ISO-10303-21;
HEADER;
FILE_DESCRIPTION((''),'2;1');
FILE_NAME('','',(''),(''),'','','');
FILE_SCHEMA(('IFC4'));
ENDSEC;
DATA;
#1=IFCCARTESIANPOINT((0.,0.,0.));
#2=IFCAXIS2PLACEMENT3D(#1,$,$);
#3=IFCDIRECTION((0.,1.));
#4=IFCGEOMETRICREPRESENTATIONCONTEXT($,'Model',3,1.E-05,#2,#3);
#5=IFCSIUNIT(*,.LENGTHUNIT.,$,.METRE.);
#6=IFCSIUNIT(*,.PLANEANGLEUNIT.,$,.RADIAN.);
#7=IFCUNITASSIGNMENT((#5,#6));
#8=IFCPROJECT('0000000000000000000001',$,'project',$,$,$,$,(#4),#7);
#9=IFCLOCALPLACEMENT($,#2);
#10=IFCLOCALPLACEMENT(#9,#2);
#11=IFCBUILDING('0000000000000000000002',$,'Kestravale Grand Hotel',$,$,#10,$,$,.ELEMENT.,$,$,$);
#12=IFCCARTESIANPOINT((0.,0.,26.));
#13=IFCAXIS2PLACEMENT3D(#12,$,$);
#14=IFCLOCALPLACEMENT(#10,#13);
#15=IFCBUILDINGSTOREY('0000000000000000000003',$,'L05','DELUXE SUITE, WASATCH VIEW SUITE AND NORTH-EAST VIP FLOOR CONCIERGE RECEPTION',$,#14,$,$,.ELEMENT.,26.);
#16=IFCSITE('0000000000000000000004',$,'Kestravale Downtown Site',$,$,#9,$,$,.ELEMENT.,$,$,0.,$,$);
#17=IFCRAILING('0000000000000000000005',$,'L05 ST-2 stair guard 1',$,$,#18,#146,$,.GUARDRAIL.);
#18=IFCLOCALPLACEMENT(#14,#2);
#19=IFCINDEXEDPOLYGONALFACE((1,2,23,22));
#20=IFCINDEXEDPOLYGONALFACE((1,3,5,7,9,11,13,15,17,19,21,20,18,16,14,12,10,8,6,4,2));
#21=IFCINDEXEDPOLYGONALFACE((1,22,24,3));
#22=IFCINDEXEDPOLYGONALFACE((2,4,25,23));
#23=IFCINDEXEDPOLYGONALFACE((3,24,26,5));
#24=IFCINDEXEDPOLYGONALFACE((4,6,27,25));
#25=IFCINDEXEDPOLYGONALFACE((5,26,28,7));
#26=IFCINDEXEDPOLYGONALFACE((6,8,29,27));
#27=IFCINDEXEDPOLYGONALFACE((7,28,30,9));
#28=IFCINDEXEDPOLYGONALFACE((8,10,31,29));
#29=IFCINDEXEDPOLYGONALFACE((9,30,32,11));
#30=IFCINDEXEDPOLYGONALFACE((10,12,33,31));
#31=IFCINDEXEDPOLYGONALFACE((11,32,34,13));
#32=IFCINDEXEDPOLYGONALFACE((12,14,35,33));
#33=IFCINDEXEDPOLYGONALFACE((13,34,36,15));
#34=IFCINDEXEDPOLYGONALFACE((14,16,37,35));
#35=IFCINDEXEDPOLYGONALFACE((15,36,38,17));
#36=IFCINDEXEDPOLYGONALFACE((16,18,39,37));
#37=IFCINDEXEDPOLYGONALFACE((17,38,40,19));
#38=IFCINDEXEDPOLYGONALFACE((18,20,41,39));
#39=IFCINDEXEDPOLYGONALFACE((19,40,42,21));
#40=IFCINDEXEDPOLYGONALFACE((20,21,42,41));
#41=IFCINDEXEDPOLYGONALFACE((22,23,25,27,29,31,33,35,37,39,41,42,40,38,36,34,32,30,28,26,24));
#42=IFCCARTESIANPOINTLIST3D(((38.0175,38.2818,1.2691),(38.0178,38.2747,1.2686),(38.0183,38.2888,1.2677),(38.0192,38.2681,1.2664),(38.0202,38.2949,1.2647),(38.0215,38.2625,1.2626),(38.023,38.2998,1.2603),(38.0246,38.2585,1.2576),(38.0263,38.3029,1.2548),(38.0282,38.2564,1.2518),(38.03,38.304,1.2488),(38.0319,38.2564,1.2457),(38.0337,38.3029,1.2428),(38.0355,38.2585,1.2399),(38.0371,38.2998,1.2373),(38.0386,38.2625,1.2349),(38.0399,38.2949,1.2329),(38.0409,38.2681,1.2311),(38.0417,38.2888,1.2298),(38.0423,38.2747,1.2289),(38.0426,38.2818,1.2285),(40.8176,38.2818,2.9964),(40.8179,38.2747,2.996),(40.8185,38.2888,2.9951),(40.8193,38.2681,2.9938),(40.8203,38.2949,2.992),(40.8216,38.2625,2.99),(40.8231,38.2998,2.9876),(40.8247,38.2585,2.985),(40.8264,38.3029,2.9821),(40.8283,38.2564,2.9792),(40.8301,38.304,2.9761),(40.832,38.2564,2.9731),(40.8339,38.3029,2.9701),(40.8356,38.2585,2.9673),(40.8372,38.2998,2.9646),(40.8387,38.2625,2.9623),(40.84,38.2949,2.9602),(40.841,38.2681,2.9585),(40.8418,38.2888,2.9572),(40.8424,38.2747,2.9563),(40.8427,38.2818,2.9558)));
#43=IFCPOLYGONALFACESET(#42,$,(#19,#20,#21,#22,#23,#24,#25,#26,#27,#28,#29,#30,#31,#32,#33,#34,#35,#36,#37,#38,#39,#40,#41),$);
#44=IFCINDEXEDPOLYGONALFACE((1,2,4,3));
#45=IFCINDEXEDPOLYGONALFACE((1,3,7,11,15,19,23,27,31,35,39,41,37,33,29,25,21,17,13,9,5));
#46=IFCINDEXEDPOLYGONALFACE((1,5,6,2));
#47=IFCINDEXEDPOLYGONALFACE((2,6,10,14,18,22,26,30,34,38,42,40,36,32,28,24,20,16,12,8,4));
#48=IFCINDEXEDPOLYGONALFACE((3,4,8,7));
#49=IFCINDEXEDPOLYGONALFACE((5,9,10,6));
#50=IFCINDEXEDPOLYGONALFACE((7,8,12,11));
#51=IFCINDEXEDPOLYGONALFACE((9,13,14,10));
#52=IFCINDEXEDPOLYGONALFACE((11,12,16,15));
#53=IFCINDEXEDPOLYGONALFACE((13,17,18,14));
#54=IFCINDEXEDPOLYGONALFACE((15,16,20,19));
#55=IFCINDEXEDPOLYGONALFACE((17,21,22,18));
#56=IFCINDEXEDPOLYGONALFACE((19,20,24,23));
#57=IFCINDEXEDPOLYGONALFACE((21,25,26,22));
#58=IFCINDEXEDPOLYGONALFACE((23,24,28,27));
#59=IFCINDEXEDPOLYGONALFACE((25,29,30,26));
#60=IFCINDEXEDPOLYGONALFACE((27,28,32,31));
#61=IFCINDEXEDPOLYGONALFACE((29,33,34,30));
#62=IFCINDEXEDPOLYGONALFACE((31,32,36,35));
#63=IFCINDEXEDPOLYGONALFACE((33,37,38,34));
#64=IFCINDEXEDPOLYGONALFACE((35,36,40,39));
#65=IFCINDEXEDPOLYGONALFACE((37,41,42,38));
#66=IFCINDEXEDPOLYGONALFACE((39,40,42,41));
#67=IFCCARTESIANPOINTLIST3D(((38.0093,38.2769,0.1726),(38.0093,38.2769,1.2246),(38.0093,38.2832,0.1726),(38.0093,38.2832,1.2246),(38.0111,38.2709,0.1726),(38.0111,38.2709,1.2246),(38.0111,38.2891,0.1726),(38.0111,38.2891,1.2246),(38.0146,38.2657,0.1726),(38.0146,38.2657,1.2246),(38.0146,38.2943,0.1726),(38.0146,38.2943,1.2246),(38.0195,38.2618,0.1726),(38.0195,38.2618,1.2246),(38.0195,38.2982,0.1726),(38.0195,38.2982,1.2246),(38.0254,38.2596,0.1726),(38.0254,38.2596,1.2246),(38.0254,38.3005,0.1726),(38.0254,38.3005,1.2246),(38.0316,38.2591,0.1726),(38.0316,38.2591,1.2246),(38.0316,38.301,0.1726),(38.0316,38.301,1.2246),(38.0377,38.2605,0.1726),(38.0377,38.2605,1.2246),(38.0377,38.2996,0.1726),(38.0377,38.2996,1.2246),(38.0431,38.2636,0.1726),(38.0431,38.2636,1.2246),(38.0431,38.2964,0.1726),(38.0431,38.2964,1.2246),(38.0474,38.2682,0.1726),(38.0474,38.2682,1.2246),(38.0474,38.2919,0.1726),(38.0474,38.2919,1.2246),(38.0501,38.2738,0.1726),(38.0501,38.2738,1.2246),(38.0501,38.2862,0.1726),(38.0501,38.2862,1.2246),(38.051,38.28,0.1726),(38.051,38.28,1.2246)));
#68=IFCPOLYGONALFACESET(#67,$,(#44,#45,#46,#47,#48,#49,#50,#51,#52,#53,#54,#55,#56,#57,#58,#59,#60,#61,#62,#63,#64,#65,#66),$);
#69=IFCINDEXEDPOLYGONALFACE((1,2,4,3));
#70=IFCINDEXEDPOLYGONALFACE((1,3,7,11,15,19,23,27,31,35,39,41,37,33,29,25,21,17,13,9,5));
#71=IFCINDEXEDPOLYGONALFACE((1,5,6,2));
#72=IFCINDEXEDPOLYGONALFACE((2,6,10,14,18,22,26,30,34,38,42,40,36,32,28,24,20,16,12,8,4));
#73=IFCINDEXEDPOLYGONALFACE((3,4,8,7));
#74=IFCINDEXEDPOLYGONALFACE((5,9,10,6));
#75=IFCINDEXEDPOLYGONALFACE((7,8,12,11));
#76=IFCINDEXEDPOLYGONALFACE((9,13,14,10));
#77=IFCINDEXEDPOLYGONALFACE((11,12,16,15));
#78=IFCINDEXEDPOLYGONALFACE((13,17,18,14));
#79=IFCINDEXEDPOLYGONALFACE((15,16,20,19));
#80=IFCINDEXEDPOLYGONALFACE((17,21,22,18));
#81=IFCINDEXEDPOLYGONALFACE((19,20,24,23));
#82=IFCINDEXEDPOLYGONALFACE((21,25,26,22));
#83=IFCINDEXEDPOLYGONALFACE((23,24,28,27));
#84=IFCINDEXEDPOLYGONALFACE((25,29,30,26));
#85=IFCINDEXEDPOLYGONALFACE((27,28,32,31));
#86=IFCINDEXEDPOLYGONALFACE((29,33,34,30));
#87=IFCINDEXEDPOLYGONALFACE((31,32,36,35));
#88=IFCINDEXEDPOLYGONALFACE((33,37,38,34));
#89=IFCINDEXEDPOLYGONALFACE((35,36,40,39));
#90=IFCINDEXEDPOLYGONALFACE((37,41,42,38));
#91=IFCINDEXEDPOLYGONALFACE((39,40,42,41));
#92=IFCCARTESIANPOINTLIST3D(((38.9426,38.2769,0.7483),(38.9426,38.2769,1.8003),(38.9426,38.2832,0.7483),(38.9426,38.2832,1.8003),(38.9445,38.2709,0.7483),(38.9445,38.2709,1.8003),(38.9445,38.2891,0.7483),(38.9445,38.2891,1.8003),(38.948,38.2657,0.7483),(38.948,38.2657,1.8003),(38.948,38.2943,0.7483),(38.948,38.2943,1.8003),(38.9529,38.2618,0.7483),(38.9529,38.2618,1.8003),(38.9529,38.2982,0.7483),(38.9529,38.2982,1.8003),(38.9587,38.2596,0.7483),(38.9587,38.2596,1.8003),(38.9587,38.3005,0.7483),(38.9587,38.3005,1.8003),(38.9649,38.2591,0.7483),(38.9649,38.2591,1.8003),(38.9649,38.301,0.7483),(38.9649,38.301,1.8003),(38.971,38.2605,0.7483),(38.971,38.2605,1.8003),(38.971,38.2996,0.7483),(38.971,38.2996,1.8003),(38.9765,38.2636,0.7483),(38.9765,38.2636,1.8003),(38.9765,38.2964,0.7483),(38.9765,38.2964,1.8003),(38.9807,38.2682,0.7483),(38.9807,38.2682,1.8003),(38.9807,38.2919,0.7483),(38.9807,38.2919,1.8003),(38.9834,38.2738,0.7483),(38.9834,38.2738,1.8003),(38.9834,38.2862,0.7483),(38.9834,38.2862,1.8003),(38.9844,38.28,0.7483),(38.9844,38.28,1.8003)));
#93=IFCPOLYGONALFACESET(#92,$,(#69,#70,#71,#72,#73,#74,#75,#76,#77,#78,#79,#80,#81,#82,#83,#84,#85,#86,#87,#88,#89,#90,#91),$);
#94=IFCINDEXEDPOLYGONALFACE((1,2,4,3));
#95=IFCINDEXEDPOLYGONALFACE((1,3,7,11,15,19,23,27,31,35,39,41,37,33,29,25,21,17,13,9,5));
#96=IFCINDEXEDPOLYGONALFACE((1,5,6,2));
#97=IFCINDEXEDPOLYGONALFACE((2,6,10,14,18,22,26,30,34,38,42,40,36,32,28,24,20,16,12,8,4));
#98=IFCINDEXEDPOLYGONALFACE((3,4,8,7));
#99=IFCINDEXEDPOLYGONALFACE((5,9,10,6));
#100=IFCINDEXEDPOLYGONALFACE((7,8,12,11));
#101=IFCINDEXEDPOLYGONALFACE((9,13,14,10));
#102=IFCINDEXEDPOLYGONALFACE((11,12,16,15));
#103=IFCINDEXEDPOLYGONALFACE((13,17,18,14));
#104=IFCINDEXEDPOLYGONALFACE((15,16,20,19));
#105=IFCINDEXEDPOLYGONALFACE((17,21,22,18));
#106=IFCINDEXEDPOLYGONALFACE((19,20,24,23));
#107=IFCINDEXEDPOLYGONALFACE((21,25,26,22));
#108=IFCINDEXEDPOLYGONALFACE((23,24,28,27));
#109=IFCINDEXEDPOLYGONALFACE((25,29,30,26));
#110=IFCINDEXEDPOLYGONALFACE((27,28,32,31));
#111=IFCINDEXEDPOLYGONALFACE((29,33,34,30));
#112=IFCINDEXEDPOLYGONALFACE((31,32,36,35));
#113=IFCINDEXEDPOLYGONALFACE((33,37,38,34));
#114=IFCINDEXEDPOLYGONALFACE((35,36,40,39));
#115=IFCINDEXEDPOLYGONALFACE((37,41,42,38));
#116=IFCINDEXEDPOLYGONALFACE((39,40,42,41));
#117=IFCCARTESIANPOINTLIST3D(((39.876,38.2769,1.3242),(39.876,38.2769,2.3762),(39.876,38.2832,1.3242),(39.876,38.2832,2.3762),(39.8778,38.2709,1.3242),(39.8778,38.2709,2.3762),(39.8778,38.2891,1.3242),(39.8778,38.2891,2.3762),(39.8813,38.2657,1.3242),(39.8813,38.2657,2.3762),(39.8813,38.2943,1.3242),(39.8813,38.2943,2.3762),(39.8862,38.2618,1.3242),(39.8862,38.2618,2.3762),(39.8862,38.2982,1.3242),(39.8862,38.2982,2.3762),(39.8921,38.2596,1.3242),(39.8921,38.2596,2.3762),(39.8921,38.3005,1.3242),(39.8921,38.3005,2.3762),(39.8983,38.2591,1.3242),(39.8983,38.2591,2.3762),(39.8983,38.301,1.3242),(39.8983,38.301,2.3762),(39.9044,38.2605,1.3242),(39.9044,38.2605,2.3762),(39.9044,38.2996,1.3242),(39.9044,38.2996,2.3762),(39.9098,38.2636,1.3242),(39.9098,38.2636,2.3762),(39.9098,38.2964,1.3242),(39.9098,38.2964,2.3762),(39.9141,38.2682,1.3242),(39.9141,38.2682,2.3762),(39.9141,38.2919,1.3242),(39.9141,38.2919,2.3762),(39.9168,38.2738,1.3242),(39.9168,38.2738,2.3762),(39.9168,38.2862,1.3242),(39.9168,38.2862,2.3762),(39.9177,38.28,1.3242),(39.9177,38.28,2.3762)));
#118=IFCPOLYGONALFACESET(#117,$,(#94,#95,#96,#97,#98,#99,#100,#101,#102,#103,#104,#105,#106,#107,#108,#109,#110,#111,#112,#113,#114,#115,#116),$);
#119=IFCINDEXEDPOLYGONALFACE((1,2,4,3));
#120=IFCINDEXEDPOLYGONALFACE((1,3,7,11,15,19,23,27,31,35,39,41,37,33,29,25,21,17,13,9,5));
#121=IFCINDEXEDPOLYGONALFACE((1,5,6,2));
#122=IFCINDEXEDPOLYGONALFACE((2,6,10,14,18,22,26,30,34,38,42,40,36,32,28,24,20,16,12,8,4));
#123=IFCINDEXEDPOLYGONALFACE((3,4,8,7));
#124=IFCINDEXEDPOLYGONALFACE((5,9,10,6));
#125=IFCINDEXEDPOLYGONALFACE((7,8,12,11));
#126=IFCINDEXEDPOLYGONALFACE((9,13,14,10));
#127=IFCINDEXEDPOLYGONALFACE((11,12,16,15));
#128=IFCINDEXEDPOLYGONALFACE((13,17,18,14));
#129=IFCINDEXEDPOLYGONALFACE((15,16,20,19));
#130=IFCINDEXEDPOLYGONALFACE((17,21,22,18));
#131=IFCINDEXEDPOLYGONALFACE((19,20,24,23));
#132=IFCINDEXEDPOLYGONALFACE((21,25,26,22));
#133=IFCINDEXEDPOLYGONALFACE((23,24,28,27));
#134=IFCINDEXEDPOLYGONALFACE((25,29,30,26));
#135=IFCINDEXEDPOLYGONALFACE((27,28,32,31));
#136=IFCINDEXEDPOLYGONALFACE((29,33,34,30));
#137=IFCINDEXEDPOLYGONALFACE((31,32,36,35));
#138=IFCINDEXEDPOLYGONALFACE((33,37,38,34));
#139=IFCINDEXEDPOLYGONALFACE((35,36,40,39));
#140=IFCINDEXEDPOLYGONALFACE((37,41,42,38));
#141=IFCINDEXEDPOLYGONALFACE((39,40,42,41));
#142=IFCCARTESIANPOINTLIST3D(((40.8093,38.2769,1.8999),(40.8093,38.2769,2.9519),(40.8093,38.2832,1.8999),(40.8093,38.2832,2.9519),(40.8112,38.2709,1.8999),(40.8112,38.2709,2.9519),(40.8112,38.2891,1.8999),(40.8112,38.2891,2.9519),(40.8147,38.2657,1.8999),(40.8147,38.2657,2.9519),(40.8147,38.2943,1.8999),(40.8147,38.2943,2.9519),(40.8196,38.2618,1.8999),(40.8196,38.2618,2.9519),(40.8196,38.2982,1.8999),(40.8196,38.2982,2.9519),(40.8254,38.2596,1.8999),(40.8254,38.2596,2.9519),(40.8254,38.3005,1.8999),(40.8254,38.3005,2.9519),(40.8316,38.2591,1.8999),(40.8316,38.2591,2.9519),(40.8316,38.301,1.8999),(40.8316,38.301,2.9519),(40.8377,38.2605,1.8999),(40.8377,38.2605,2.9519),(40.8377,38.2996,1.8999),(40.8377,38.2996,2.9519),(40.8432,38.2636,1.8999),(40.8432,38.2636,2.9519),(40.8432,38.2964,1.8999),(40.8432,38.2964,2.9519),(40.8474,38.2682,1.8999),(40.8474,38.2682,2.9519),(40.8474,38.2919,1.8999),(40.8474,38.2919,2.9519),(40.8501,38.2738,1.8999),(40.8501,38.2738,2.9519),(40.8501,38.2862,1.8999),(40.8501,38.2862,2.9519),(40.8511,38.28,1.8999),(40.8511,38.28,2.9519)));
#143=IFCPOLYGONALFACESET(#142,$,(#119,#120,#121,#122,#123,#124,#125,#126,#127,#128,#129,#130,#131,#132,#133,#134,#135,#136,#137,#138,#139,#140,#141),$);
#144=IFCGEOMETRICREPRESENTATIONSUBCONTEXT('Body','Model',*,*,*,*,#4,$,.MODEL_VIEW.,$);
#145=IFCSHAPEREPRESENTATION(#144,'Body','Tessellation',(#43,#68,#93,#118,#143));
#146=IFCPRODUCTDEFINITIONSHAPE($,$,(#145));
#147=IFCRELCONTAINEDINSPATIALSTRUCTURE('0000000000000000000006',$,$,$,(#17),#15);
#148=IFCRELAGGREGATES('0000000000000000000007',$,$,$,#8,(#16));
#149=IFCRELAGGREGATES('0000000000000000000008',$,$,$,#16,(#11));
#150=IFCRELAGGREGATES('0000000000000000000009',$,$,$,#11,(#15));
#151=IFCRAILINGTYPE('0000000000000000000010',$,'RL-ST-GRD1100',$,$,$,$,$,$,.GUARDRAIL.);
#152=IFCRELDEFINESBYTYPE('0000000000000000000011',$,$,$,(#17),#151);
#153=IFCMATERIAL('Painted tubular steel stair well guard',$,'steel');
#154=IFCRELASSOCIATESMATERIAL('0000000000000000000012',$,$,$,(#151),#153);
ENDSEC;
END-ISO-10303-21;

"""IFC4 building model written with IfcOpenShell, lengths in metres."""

from ifc_helpers import new_model, si_unit, direction, frame, origin, origin_2d, place, context, subcontext, project, spatial, circle, extrude, material, type_object, element, save


model = new_model("IFC4")

# Units and contexts
model_context = context("Model", 3, precision=1e-05, world=origin(), true_north=direction((0.0, 1.0)))
body_context = subcontext(model_context, "Body", "Model", "MODEL_VIEW")
ifc_project = project(units=[si_unit("LENGTHUNIT", "METRE"), si_unit("PLANEANGLEUNIT", "RADIAN")], contexts=[model_context])

# Site, building, storey
site_placement = place(None, origin())
site = spatial("IfcSite", under=ifc_project, at=site_placement, Name="Kestravale Downtown Site", CompositionType="ELEMENT", RefElevation=0.0)
building_placement = place(site_placement, origin())
building = spatial("IfcBuilding", under=site, at=building_placement, Name="Kestravale Grand Hotel", CompositionType="ELEMENT")
storey_placement = place(building_placement, frame((0.0, 0.0, 26.0)))
storey = spatial("IfcBuildingStorey", under=building, at=storey_placement, Name="L05", Description="DELUXE SUITE, WASATCH VIEW SUITE AND NORTH-EAST VIP FLOOR CONCIERGE RECEPTION", CompositionType="ELEMENT", Elevation=26.0)

# Railing
ifc_material_1 = material(Name="Painted tubular steel stair well guard", Category="steel")
railing_type_1 = type_object("IfcRailingType", Name="RL-ST-GRD1100", PredefinedType="GUARDRAIL", material=ifc_material_1)
railing_1_placement = place(storey_placement, frame((38.03, 38.28, 0.1726)))
element("IfcRailing", 1, at=railing_1_placement, inside=storey, type_object=railing_type_1, Name="L05 ST-2 stair guard 1", PredefinedType="GUARDRAIL", context=body_context, shape_type="SweptSolid", body=[
    extrude(circle(Radius=0.0239, at=origin_2d()), frame((0.0, 0.0, 1.0762), z_axis=(0.85109, 0.0, 0.52502), x_axis=(0.0, 1.0, 0.0)), (0.0, 0.0, 1.0), 3.29),
    extrude(circle(Radius=0.021, at=origin_2d()), origin(), (0.0, 0.0, 1.0), 1.052),
    extrude(circle(Radius=0.021, at=origin_2d()), frame((0.9333, 0.0, 0.5757)), (0.0, 0.0, 1.0), 1.052),
    extrude(circle(Radius=0.021, at=origin_2d()), frame((1.8667, 0.0, 1.1516)), (0.0, 0.0, 1.0), 1.052),
    extrude(circle(Radius=0.021, at=origin_2d()), frame((2.8, 0.0, 1.7273)), (0.0, 0.0, 1.0), 1.052),
])

save(model, "model.ifc")
